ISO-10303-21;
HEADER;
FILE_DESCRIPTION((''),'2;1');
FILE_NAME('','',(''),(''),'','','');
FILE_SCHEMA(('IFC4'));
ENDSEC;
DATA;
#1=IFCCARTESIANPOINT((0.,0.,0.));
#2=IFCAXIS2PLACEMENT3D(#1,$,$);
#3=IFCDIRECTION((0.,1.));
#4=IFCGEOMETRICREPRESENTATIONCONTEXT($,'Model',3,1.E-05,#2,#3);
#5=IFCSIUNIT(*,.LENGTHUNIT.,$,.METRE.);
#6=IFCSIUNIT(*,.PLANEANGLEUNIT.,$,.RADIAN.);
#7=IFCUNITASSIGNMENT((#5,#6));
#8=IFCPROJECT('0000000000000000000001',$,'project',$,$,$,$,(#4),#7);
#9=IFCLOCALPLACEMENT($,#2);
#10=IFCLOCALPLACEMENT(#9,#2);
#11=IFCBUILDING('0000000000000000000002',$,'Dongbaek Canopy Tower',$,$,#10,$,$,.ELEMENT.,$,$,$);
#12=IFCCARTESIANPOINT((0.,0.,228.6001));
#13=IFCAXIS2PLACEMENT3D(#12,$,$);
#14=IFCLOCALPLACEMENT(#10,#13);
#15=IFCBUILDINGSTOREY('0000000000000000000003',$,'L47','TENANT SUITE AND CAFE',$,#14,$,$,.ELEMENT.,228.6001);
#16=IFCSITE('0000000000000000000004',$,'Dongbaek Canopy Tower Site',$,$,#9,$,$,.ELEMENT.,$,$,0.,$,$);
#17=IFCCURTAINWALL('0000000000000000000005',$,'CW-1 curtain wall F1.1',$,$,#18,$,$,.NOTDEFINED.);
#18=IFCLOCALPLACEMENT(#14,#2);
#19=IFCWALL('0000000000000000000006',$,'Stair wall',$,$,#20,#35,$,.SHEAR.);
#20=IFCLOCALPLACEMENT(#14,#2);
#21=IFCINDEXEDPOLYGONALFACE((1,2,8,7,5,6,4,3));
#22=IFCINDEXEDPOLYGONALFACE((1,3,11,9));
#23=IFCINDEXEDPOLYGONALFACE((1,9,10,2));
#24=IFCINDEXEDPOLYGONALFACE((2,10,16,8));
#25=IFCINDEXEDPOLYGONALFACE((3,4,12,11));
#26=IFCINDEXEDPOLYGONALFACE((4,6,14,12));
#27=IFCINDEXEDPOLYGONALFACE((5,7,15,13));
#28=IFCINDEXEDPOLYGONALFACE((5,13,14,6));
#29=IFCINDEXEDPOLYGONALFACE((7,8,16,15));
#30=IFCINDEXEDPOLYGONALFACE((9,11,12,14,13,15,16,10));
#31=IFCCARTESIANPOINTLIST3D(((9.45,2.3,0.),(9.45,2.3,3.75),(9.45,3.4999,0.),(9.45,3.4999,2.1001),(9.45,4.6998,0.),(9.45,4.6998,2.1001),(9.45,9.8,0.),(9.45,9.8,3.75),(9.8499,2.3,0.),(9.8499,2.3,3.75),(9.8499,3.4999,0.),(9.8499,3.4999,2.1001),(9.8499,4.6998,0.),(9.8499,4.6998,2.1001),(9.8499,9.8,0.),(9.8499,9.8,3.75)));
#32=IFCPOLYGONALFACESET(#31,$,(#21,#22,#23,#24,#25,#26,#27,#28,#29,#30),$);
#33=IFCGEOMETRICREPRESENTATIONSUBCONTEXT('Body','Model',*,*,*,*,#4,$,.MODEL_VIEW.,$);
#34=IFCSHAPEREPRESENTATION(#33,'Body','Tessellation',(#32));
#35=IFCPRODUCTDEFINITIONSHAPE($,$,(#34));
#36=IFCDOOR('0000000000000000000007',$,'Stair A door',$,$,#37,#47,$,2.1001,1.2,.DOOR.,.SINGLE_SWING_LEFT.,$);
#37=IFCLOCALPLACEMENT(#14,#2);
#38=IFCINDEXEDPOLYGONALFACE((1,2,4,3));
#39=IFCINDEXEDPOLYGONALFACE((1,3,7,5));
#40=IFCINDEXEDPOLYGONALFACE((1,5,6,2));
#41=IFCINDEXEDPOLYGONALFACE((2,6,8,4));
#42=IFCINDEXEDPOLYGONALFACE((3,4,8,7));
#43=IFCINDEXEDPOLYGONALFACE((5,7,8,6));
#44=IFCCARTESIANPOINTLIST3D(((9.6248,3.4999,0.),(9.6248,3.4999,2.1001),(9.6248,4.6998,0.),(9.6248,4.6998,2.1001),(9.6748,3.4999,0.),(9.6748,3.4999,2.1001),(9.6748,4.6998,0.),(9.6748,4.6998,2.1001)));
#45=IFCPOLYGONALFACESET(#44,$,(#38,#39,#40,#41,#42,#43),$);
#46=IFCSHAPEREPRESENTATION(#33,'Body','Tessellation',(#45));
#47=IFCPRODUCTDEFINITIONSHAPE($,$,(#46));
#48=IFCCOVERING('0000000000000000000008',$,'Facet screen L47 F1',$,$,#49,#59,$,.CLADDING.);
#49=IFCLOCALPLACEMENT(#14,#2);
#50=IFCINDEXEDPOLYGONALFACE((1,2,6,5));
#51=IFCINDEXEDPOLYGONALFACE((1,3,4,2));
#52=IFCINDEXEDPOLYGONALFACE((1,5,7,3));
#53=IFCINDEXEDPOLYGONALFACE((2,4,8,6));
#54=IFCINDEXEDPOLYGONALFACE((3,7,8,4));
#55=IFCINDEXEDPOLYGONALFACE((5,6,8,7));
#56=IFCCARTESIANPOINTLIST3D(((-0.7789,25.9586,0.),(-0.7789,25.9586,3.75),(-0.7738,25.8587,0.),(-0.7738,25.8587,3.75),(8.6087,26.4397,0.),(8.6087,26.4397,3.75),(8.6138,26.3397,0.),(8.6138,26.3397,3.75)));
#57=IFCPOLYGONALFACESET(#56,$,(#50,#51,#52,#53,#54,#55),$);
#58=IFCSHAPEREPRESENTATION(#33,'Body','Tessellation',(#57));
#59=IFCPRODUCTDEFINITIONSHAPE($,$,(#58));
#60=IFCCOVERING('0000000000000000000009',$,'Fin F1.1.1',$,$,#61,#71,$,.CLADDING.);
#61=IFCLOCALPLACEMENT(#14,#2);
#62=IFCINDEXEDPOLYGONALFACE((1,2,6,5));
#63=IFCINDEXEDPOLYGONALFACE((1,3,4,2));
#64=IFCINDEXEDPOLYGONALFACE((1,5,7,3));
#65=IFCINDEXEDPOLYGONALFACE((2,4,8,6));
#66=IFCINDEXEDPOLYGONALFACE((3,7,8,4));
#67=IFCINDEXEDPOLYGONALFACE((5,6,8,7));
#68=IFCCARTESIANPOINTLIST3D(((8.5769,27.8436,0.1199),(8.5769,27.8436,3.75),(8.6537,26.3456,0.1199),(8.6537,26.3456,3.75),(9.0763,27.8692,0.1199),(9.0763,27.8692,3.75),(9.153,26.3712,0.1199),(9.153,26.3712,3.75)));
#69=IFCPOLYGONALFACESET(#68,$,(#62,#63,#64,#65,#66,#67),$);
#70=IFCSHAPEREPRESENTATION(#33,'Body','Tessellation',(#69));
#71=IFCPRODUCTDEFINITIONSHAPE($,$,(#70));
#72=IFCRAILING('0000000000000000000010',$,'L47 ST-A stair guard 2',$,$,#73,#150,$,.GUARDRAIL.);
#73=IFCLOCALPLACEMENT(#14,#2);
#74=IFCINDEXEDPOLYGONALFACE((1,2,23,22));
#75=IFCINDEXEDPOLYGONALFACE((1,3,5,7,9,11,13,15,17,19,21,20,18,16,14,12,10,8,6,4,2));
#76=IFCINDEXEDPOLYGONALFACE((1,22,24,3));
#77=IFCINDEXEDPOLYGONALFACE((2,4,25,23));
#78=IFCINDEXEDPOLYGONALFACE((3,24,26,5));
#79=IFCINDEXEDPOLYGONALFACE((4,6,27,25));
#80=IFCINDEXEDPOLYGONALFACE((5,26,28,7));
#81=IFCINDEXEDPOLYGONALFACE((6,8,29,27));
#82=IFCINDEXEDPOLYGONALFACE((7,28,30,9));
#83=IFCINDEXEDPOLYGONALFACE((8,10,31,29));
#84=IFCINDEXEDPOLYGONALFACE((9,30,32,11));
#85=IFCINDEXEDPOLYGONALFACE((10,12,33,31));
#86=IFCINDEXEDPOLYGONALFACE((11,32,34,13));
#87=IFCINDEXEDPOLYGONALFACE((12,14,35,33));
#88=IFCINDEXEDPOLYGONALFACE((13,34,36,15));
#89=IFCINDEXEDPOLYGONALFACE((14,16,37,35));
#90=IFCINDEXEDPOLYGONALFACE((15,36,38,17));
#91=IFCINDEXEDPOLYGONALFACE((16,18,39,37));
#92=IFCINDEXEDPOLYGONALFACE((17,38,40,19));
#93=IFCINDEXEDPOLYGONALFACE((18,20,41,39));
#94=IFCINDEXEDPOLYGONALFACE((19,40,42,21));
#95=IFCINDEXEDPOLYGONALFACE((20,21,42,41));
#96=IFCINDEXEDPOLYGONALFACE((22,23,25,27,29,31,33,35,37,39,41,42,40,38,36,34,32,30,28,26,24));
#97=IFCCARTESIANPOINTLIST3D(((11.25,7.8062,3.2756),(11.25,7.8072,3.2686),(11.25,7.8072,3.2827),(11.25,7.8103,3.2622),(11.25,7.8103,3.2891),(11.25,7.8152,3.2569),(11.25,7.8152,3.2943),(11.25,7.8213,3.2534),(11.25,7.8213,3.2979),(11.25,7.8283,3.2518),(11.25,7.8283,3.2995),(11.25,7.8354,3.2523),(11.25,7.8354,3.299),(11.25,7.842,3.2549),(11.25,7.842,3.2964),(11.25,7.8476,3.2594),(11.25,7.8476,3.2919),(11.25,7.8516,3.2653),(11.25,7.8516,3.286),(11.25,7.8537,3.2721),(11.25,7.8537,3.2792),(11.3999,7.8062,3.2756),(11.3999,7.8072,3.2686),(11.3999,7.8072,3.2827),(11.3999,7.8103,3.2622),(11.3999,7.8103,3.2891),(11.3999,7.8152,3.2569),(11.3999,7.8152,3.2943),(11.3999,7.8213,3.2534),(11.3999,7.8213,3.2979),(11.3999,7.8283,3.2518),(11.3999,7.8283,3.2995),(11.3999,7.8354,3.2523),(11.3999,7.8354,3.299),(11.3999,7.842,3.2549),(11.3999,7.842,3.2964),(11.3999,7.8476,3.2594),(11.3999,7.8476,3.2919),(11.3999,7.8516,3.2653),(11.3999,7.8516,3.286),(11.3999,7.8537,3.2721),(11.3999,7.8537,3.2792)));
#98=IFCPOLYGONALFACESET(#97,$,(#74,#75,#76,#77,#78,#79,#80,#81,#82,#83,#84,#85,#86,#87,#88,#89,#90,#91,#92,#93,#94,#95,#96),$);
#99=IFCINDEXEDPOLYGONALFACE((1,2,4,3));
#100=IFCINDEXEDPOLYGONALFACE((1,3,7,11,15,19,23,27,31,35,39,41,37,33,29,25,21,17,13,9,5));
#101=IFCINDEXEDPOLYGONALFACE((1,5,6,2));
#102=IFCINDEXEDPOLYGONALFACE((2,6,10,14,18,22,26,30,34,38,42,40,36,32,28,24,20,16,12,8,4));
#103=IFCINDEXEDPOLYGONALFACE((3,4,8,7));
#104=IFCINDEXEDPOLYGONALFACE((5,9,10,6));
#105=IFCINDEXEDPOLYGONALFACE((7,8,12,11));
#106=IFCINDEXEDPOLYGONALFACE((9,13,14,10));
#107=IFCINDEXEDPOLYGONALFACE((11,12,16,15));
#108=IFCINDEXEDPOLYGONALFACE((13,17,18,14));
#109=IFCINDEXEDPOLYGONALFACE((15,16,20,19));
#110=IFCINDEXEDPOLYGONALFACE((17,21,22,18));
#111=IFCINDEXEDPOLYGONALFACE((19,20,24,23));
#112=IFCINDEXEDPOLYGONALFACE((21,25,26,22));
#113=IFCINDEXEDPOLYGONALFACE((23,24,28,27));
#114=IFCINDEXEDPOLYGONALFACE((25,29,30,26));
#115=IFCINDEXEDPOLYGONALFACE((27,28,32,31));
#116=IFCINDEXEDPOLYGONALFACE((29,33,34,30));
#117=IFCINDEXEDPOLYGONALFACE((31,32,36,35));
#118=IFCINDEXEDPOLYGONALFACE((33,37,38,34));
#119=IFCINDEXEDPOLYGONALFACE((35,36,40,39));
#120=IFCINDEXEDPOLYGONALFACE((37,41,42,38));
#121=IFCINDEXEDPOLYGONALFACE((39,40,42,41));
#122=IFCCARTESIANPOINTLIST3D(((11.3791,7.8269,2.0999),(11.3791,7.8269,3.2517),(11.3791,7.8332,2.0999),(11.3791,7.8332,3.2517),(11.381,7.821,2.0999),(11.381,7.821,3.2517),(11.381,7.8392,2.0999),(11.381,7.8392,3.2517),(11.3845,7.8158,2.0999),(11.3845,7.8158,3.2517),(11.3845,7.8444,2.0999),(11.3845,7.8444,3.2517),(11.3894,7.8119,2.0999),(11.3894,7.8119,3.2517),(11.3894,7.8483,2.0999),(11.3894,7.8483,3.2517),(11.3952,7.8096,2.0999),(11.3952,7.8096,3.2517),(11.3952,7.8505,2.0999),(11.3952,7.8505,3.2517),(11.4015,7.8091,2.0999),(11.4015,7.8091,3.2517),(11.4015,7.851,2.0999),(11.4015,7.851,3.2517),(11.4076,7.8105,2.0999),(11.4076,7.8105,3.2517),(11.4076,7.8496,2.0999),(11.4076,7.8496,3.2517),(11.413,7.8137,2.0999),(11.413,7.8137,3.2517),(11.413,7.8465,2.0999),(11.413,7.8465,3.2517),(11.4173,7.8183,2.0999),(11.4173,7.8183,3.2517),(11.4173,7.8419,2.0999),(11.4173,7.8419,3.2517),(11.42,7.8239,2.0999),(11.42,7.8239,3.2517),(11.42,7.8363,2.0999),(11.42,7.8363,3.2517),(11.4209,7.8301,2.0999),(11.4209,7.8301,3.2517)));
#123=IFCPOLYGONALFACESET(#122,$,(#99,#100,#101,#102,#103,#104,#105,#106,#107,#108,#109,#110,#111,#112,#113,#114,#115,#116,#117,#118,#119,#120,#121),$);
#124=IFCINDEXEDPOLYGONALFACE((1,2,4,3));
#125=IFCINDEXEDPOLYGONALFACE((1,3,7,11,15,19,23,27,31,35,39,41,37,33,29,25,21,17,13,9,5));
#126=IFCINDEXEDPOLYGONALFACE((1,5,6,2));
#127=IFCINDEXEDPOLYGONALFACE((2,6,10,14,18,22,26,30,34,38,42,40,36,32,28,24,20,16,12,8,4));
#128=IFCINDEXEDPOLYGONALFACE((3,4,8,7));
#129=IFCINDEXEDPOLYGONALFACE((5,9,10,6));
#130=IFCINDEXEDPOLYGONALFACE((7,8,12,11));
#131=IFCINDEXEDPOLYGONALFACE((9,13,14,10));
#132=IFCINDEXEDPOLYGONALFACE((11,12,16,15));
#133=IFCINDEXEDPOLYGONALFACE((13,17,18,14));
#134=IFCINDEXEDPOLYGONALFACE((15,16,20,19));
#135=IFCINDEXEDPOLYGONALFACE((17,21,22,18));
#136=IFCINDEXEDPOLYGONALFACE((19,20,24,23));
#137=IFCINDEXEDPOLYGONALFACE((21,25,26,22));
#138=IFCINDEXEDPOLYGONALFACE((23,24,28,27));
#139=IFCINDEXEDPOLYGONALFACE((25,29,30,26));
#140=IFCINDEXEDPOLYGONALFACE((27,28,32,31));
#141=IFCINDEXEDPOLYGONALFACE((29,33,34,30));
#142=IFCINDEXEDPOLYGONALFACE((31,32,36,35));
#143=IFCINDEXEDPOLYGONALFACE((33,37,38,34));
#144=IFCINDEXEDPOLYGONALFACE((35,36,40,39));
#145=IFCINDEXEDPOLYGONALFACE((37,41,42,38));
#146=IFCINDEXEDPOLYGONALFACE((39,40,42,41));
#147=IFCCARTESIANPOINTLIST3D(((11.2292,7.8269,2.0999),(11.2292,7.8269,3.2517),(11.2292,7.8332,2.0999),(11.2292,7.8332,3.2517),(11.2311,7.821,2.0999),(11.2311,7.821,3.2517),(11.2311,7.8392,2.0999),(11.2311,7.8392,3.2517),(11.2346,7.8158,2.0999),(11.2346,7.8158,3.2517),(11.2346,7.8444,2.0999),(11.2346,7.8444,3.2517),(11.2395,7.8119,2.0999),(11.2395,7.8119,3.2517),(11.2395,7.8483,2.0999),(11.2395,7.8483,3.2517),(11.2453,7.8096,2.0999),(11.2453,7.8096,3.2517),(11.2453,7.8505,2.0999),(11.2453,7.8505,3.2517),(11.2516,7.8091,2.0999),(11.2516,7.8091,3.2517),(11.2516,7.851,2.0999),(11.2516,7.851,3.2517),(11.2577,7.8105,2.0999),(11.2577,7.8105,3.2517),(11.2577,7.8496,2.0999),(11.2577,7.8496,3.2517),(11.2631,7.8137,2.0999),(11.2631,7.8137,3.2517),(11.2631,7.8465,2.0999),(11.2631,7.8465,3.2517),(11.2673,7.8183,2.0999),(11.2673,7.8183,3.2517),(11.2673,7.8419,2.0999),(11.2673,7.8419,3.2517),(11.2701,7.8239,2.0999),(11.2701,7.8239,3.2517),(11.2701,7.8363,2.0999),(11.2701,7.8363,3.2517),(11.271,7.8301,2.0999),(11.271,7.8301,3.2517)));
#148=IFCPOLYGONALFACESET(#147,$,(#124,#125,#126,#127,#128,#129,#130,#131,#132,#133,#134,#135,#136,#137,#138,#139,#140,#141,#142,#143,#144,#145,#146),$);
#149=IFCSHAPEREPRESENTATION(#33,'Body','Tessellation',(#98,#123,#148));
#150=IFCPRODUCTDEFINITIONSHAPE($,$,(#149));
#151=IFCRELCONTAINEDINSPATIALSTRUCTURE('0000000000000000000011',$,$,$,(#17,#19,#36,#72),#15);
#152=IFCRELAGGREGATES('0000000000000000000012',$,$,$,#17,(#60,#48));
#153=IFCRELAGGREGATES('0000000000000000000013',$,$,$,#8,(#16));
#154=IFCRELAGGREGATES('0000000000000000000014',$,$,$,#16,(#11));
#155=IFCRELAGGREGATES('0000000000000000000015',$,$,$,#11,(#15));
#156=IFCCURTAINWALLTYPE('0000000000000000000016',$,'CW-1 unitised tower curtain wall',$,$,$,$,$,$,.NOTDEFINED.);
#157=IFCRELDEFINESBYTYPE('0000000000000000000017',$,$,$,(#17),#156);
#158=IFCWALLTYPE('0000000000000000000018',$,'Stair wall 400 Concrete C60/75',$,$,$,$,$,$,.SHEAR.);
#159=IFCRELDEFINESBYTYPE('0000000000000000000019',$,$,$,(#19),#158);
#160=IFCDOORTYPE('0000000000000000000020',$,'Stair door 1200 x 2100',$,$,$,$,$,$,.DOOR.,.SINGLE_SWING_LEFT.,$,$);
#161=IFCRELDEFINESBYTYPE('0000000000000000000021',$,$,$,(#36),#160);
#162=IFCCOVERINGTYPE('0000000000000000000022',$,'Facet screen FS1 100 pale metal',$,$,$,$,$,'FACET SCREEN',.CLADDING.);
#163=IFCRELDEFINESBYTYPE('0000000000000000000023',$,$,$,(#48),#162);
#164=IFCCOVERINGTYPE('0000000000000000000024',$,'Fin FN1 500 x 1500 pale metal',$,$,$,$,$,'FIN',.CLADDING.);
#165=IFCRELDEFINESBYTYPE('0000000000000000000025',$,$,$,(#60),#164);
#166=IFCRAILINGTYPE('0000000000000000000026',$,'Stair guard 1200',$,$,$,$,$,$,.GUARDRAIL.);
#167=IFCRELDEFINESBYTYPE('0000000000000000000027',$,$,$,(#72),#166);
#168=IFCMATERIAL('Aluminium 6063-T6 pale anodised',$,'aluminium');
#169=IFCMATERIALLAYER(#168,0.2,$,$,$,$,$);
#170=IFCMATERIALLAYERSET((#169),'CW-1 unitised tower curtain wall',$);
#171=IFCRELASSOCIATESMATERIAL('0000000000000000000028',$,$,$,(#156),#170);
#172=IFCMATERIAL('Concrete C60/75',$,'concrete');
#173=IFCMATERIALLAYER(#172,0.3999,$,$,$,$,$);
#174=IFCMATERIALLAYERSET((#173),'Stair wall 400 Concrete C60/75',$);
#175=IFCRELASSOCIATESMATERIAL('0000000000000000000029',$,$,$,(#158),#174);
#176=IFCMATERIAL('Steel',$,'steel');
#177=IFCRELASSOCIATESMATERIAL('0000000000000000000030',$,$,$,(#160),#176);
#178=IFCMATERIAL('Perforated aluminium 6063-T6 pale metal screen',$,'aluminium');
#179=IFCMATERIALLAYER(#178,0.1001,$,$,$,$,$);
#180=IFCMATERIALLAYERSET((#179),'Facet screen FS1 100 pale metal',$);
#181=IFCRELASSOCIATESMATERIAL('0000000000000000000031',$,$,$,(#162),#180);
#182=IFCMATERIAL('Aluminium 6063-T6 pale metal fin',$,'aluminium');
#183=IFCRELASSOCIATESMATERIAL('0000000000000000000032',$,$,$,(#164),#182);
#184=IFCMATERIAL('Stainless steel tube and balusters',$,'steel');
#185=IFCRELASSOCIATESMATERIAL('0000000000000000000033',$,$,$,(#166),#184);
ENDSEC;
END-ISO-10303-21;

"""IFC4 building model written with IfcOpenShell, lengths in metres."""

from ifc_helpers import new_model, si_unit, direction, frame, frame_2d, origin, origin_2d, place, context, subcontext, project, spatial, rectangle, circle, extrude, material, layer, layer_set, material_profile, profile_set, type_object, element, fill, aggregate, save


model = new_model("IFC4")

# Units and contexts
model_context = context("Model", 3, precision=1e-05, world=origin(), true_north=direction((0.0, 1.0)))
body_context = subcontext(model_context, "Body", "Model", "MODEL_VIEW")
ifc_project = project(units=[si_unit("LENGTHUNIT", "METRE"), si_unit("PLANEANGLEUNIT", "RADIAN")], contexts=[model_context])

# Site, building, storey
site_placement = place(None, origin())
site = spatial("IfcSite", under=ifc_project, at=site_placement, Name="Dongbaek Canopy Tower Site", CompositionType="ELEMENT", RefElevation=0.0)
building_placement = place(site_placement, origin())
building = spatial("IfcBuilding", under=site, at=building_placement, Name="Dongbaek Canopy Tower", CompositionType="ELEMENT")
storey_placement = place(building_placement, frame((0.0, 0.0, 228.6001)))
storey = spatial("IfcBuildingStorey", under=building, at=storey_placement, Name="L47", Description="TENANT SUITE AND CAFE", CompositionType="ELEMENT", Elevation=228.6001)

# Curtain wall
ifc_material_1 = material(Name="Aluminium 6063-T6 pale anodised", Category="aluminium")
ifc_layer_1 = layer(ifc_material_1, 0.2)
ifc_layer_set_1 = layer_set([ifc_layer_1], Name="CW-1 unitised tower curtain wall")
curtain_wall_type = type_object("IfcCurtainWallType", Name="CW-1 unitised tower curtain wall", PredefinedType="NOTDEFINED", material=ifc_layer_set_1)
curtain_wall_1_placement = place(storey_placement, origin())
curtain_wall_1 = element("IfcCurtainWall", 1, at=curtain_wall_1_placement, inside=storey, type_object=curtain_wall_type, Name="CW-1 curtain wall F1.1", PredefinedType="NOTDEFINED")

# Wall, opening, door
ifc_material_2 = material(Name="Concrete C60/75", Category="concrete")
ifc_layer_2 = layer(ifc_material_2, 0.3999)
ifc_layer_set_2 = layer_set([ifc_layer_2], Name="Stair wall 400 Concrete C60/75")
wall_type_1 = type_object("IfcWallType", Name="Stair wall 400 Concrete C60/75", PredefinedType="SHEAR", material=ifc_layer_set_2)
wall_1_placement = place(storey_placement, frame((9.6499, 9.8, 0.0), z_axis=(0.0, 0.0, 1.0), x_axis=(0.0, -1.0, 0.0)))
wall_1 = element("IfcWall", 2, at=wall_1_placement, inside=storey, type_object=wall_type_1, Name="Stair wall", PredefinedType="SHEAR", context=body_context, shape_type="SweptSolid", body=[
    extrude(rectangle(XDim=7.5, YDim=0.3999, at=frame_2d((3.75, 0.0))), origin(), (0.0, 0.0, 1.0), 3.75),
])
opening_placement = place(wall_1_placement, frame((5.1001, 0.0, 0.0)))
opening = element("IfcOpeningElement", 3, at=opening_placement, cuts=wall_1, PredefinedType="OPENING", context=body_context, shape_type="SweptSolid", body=[
    extrude(rectangle(XDim=1.2, YDim=2.1001, at=frame_2d((0.6001, 1.05))), frame((0.0, 0.21, 0.0), z_axis=(0.0, -1.0, 0.0), x_axis=(1.0, 0.0, 0.0)), (0.0, 0.0, 1.0), 0.4199),
])
ifc_material_3 = material(Name="Steel", Category="steel")
door_type = type_object("IfcDoorType", Name="Stair door 1200 x 2100", OperationType="SINGLE_SWING_LEFT", PredefinedType="DOOR", material=ifc_material_3)
door_placement = place(opening_placement, origin())
door = element("IfcDoor", 4, at=door_placement, inside=storey, type_object=door_type, Name="Stair A door", OperationType="SINGLE_SWING_LEFT", OverallHeight=2.1001, OverallWidth=1.2, PredefinedType="DOOR", context=body_context, shape_type="SweptSolid", body=[
    extrude(rectangle(XDim=1.2, YDim=2.1001, at=frame_2d((0.6001, 1.05))), frame((0.0, 0.0249, 0.0), z_axis=(0.0, -1.0, 0.0), x_axis=(1.0, 0.0, 0.0)), (0.0, 0.0, 1.0), 0.05),
])
fill(opening, door)

# Coverings
ifc_material_4 = material(Name="Perforated aluminium 6063-T6 pale metal screen", Category="aluminium")
ifc_layer_3 = layer(ifc_material_4, 0.1001)
ifc_layer_set_3 = layer_set([ifc_layer_3], Name="Facet screen FS1 100 pale metal")
covering_type_1 = type_object("IfcCoveringType", Name="Facet screen FS1 100 pale metal", ElementType="FACET SCREEN", PredefinedType="CLADDING", material=ifc_layer_set_3)
covering_1_placement = place(storey_placement, frame((3.9175, 26.1492, 0.0), z_axis=(0.0, 0.0, 1.0), x_axis=(-0.99869, -0.051172, 0.0)))
covering_1 = element("IfcCovering", 5, at=covering_1_placement, type_object=covering_type_1, Name="Facet screen L47 F1", PredefinedType="CLADDING", context=body_context, shape_type="SweptSolid", body=[
    extrude(rectangle(XDim=9.3999, YDim=0.1001, at=origin_2d()), origin(), (0.0, 0.0, 1.0), 3.75),
])
ifc_material_5 = material(Name="Aluminium 6063-T6 pale metal fin", Category="aluminium")
ifc_material_profile_1 = material_profile(ifc_material_5, rectangle(XDim=1.5, YDim=0.5, at=origin_2d()), Name="Fin FN1 500 x 1500 pale metal")
ifc_profile_set_1 = profile_set([ifc_material_profile_1], Name="Aluminium 6063-T6 pale metal fin")
covering_type_2 = type_object("IfcCoveringType", Name="Fin FN1 500 x 1500 pale metal", ElementType="FIN", PredefinedType="CLADDING", material=ifc_profile_set_1)
covering_2_placement = place(storey_placement, frame((8.865, 27.1074, 0.1199), z_axis=(0.0, 0.0, 1.0), x_axis=(-0.051171, 0.99869, 0.0)))
covering_2 = element("IfcCovering", 6, at=covering_2_placement, type_object=covering_type_2, Name="Fin F1.1.1", PredefinedType="CLADDING", context=body_context, shape_type="SweptSolid", body=[
    extrude(rectangle(XDim=1.5, YDim=0.5, at=origin_2d()), origin(), (0.0, 0.0, 1.0), 3.6301),
])
aggregate(curtain_wall_1, [covering_2, covering_1])

# Railing
ifc_material_6 = material(Name="Stainless steel tube and balusters", Category="steel")
railing_type = type_object("IfcRailingType", Name="Stair guard 1200", PredefinedType="GUARDRAIL", material=ifc_material_6)
railing_1_placement = place(storey_placement, frame((11.3999, 7.8301, 2.0999)))
element("IfcRailing", 7, at=railing_1_placement, inside=storey, type_object=railing_type, Name="L47 ST-A stair guard 2", PredefinedType="GUARDRAIL", context=body_context, shape_type="SweptSolid", body=[
    extrude(circle(Radius=0.0239, at=origin_2d()), frame((0.0, 0.0, 1.1758), z_axis=(-1.0, 0.0, 0.0), x_axis=(0.0, -1.0, 0.0)), (0.0, 0.0, 1.0), 0.1499),
    extrude(circle(Radius=0.021, at=origin_2d()), origin(), (0.0, 0.0, 1.0), 1.1519),
    extrude(circle(Radius=0.021, at=origin_2d()), frame((-0.1499, 0.0, 0.0)), (0.0, 0.0, 1.0), 1.1519),
])

save(model, "model.ifc")
